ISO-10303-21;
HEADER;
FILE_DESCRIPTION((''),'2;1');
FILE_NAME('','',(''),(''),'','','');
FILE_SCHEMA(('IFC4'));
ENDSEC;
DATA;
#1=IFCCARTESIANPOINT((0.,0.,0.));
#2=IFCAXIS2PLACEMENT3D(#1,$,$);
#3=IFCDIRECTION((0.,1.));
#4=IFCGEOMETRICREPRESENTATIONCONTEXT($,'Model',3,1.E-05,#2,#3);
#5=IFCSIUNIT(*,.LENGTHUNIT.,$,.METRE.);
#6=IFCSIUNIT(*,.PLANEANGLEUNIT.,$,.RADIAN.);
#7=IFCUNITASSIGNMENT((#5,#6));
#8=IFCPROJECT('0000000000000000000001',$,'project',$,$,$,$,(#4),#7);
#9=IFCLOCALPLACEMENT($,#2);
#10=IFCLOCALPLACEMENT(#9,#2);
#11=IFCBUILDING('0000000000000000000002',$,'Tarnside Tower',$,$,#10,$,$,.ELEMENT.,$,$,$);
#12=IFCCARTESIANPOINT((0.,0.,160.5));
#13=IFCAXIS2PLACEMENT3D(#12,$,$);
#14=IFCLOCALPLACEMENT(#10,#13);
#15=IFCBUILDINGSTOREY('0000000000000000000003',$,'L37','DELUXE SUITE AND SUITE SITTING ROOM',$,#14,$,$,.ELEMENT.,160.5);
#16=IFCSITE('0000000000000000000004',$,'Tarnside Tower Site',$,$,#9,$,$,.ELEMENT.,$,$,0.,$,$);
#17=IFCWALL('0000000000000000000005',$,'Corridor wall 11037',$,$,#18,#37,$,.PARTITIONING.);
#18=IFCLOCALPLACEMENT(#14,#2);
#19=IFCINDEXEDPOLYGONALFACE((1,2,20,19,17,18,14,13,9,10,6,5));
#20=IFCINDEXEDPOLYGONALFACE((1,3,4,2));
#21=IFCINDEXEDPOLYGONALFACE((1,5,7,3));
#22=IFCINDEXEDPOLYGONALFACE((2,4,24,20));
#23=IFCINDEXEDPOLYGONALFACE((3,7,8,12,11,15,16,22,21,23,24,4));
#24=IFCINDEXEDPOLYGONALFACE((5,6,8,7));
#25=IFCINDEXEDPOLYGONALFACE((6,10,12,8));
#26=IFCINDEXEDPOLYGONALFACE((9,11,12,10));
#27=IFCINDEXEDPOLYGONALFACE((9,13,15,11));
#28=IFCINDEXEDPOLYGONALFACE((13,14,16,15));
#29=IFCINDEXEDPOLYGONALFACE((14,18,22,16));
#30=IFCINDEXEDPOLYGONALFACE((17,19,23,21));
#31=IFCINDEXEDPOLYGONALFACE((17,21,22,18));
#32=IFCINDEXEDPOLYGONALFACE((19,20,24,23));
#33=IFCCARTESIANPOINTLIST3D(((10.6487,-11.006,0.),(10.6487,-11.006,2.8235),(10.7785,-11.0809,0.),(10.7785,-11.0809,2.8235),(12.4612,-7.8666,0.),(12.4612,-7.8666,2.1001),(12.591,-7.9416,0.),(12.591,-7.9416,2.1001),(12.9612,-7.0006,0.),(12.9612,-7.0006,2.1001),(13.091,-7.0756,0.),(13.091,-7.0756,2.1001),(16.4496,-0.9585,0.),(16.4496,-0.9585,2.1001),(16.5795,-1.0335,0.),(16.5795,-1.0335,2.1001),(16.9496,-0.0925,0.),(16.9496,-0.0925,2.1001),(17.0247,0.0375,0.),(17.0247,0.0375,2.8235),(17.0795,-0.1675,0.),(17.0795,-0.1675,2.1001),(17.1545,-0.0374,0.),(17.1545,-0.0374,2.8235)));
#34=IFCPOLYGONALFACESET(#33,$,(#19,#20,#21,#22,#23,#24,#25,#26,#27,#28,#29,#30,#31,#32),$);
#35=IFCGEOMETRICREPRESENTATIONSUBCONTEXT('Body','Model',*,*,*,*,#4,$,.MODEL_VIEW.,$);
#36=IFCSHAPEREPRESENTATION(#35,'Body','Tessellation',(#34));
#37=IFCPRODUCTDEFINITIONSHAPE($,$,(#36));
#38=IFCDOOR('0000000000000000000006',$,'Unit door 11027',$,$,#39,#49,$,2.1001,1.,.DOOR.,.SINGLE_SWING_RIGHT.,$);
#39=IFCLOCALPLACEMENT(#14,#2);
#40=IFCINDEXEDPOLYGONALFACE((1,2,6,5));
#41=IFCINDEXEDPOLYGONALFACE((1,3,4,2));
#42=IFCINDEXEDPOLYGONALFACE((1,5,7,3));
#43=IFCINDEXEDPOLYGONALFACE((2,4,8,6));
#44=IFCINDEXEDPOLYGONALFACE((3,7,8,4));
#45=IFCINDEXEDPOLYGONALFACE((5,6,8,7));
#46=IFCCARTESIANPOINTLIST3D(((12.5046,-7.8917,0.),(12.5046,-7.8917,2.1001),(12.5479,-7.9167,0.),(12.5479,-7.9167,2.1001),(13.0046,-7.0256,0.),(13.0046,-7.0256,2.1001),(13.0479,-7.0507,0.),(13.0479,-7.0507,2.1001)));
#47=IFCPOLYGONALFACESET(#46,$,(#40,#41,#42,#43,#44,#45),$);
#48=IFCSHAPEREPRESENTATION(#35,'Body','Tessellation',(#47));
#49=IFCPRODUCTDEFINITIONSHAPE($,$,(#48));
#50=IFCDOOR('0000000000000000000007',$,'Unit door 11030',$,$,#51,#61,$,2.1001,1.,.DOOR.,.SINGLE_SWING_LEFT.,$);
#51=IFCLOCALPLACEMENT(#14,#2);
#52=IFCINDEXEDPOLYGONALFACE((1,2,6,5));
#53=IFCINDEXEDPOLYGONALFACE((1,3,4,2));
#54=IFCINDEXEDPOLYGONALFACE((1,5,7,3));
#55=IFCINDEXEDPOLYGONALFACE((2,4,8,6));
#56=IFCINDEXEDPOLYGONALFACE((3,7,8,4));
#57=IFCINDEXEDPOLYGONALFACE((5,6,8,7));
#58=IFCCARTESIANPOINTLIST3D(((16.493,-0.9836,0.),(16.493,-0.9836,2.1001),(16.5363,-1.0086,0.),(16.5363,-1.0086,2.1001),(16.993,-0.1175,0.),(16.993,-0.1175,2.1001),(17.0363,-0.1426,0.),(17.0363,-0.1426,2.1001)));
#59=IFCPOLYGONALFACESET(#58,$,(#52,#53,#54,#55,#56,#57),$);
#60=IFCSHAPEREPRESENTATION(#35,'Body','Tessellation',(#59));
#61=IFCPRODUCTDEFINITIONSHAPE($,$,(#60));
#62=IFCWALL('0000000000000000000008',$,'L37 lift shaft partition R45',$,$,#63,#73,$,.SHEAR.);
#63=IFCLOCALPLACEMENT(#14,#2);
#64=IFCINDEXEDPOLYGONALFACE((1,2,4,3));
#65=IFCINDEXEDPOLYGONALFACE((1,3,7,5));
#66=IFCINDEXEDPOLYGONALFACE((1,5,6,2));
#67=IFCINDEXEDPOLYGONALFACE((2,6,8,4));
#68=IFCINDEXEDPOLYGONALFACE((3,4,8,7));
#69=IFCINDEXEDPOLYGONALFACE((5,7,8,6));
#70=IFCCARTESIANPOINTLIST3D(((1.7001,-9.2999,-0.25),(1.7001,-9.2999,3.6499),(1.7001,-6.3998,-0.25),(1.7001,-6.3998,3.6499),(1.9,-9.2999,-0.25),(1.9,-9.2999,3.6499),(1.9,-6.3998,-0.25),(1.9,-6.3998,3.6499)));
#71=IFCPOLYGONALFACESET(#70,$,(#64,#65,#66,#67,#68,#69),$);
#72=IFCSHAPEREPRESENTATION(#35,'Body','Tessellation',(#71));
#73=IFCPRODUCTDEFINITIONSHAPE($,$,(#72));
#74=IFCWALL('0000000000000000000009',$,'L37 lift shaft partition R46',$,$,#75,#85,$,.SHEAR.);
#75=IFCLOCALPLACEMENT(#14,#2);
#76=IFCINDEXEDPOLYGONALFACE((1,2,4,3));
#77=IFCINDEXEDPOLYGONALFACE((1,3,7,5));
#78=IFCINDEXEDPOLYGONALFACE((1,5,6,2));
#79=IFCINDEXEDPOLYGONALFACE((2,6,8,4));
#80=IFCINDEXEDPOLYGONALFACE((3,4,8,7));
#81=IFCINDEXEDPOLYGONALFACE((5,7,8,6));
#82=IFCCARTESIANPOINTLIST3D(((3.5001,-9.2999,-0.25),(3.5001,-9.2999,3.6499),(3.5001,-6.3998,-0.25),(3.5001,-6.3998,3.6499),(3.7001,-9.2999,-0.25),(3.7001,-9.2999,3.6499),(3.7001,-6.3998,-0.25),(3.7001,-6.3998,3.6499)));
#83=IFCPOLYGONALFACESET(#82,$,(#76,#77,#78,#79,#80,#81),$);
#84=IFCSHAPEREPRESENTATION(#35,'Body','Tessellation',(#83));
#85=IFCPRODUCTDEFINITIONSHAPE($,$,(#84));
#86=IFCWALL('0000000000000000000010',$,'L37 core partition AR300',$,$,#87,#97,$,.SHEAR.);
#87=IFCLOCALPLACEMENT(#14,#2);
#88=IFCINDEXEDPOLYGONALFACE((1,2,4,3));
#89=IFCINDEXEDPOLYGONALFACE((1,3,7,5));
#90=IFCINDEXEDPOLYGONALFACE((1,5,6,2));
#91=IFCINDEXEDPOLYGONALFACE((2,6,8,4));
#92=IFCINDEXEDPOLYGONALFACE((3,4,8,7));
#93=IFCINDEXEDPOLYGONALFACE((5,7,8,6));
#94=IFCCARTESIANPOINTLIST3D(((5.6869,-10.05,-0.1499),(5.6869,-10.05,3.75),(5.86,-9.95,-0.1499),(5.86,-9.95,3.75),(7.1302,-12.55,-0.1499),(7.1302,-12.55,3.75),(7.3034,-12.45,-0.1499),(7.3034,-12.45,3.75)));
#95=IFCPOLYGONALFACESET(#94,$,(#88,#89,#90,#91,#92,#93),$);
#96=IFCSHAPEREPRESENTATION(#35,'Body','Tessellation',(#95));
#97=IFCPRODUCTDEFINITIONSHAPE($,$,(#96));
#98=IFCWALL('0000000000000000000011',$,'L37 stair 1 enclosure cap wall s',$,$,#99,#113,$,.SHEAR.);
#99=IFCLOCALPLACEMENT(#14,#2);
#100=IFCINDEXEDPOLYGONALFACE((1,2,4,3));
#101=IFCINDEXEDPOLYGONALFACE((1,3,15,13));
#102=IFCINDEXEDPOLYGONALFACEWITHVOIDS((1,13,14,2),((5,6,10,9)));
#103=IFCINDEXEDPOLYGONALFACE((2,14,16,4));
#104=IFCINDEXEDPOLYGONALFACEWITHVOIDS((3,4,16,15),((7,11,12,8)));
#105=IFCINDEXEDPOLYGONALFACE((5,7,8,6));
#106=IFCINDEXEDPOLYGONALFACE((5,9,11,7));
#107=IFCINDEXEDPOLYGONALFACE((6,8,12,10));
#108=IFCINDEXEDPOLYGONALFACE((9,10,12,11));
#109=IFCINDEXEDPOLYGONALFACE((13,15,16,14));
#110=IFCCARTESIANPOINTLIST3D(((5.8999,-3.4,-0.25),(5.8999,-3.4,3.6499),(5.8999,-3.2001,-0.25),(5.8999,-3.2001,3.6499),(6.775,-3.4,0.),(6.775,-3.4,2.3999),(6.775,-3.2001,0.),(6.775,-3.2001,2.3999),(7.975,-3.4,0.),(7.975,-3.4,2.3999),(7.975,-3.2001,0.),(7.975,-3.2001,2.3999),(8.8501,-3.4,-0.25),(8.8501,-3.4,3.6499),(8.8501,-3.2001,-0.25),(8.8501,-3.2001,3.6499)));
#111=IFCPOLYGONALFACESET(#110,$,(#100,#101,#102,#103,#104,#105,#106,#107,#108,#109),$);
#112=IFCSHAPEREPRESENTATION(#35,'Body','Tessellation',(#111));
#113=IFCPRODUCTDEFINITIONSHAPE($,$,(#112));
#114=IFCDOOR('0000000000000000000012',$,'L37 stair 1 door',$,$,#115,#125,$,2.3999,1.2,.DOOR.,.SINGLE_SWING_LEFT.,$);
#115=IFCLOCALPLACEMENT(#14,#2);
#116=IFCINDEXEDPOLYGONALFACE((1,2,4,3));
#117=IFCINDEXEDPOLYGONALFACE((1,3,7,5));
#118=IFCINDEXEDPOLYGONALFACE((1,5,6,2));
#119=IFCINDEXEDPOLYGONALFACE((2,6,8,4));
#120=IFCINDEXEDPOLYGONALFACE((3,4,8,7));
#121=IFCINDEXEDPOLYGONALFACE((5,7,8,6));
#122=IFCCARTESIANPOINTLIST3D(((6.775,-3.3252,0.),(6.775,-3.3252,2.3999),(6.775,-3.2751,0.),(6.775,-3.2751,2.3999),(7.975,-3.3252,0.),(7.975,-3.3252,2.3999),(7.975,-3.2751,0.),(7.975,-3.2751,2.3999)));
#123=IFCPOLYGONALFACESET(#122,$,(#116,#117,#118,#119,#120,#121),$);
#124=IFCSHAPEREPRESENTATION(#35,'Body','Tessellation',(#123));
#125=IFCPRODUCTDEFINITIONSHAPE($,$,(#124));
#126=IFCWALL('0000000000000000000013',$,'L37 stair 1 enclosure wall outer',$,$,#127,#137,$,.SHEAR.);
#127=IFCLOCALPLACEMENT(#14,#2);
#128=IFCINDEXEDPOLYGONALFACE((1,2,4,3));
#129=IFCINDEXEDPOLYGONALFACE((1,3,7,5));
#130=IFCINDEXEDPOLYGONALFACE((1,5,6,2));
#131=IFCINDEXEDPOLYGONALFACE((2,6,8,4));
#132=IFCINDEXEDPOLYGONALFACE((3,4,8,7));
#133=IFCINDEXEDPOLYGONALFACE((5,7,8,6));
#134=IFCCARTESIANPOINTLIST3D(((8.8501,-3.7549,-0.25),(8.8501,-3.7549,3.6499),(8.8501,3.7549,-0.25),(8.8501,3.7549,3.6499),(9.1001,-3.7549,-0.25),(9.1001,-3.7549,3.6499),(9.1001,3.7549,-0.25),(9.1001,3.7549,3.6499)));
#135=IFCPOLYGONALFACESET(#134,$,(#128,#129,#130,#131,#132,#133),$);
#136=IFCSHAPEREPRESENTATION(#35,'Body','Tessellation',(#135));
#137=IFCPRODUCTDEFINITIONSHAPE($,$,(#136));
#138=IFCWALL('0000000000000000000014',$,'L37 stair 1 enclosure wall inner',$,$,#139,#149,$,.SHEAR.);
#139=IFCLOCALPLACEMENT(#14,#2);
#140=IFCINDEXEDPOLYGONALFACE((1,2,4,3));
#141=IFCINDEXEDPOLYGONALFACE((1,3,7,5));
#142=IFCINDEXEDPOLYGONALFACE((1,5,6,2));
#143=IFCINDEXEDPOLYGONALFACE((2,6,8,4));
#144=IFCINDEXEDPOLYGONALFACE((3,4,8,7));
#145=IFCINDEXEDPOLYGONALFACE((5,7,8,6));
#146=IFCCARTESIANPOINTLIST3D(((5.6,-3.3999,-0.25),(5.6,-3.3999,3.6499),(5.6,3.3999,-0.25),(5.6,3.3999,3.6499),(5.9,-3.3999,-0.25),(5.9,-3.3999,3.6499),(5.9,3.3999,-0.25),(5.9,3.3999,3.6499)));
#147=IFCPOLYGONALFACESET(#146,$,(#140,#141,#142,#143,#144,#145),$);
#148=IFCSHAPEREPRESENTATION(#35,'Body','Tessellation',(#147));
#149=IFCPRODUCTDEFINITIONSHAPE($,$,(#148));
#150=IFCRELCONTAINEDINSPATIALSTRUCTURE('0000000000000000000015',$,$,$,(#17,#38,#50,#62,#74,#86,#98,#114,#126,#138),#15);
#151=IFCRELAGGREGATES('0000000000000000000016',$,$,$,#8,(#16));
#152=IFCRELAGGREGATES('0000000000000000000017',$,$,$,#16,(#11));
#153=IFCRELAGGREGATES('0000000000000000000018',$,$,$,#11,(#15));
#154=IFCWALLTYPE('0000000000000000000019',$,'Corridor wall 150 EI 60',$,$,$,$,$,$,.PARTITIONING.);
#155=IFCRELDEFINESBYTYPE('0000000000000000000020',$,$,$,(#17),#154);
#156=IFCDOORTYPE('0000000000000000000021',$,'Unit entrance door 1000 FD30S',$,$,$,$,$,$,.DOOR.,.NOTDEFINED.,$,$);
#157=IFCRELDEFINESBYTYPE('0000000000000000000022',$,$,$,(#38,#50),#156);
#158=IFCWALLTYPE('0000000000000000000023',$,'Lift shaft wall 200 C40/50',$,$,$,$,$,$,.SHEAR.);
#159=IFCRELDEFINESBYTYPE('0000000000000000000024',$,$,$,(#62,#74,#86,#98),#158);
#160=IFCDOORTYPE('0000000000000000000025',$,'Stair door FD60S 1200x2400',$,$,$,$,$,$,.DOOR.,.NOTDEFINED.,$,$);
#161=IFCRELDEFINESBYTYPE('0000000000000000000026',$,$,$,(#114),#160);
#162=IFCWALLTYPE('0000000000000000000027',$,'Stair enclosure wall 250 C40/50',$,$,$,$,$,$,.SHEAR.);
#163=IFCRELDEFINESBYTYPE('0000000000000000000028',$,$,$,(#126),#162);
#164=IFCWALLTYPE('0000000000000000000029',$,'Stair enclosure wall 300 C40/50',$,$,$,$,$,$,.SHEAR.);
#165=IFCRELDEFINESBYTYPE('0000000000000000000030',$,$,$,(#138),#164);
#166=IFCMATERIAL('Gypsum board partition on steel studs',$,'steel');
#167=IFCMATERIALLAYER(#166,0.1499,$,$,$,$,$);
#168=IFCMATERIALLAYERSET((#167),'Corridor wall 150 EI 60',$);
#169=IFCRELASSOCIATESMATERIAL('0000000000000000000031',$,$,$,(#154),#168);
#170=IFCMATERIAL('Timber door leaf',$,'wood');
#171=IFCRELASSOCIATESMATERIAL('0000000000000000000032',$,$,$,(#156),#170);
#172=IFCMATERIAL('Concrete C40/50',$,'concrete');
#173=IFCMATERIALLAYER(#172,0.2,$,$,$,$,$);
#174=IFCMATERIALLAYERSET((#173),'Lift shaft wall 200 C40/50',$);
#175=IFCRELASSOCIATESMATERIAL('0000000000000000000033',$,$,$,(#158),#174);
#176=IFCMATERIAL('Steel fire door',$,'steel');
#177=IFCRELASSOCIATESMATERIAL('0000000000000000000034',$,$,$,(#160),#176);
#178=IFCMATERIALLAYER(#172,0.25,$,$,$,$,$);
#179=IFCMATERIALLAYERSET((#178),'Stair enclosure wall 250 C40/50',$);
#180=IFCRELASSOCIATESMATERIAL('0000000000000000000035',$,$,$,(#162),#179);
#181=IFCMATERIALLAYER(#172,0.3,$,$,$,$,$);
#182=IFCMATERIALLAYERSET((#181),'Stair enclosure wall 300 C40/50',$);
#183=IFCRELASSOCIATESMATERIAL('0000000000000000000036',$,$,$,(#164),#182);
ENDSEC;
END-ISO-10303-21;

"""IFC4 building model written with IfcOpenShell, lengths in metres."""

from ifc_helpers import new_model, si_unit, direction, frame, frame_2d, origin, place, context, subcontext, project, spatial, rectangle, extrude, material, layer, layer_set, type_object, element, fill, save


model = new_model("IFC4")

# Units and contexts
model_context = context("Model", 3, precision=1e-05, world=origin(), true_north=direction((0.0, 1.0)))
body_context = subcontext(model_context, "Body", "Model", "MODEL_VIEW")
ifc_project = project(units=[si_unit("LENGTHUNIT", "METRE"), si_unit("PLANEANGLEUNIT", "RADIAN")], contexts=[model_context])

# Site, building, storey
site_placement = place(None, origin())
site = spatial("IfcSite", under=ifc_project, at=site_placement, Name="Tarnside Tower Site", CompositionType="ELEMENT", RefElevation=0.0)
building_placement = place(site_placement, origin())
building = spatial("IfcBuilding", under=site, at=building_placement, Name="Tarnside Tower", CompositionType="ELEMENT")
storey_placement = place(building_placement, frame((0.0, 0.0, 160.5)))
storey = spatial("IfcBuildingStorey", under=building, at=storey_placement, Name="L37", Description="DELUXE SUITE AND SUITE SITTING ROOM", CompositionType="ELEMENT", Elevation=160.5)

# Shared definitions
ifc_material_1 = material(Name="Steel fire door", Category="steel")
ifc_material_2 = material(Name="Concrete C40/50", Category="concrete")

# Shared definitions
ifc_material_3 = material(Name="Gypsum board partition on steel studs", Category="steel")
ifc_layer_1 = layer(ifc_material_3, 0.1499)
ifc_layer_set_1 = layer_set([ifc_layer_1], Name="Corridor wall 150 EI 60")
wall_type_1 = type_object("IfcWallType", Name="Corridor wall 150 EI 60", PredefinedType="PARTITIONING", material=ifc_layer_set_1)

# Wall, openings, doors
wall_1_placement = place(storey_placement, frame((10.7136, -11.0435, 0.0), z_axis=(0.0, 0.0, 1.0), x_axis=(0.500002, 0.866024, 0.0)))
wall_1 = element("IfcWall", 1, at=wall_1_placement, inside=storey, type_object=wall_type_1, Name="Corridor wall 11037", PredefinedType="PARTITIONING", context=body_context, shape_type="SweptSolid", body=[
    extrude(rectangle(XDim=12.752, YDim=0.1499, at=frame_2d((6.376, 0.0))), origin(), (0.0, 0.0, 1.0), 2.8235),
])
opening_1_placement = place(wall_1_placement, frame((3.625, 0.0, 0.0)))
opening_1 = element("IfcOpeningElement", 2, at=opening_1_placement, cuts=wall_1, PredefinedType="OPENING", context=body_context, shape_type="SweptSolid", body=[
    extrude(rectangle(XDim=1.0, YDim=2.1001, at=frame_2d((0.5, 1.05))), frame((0.0, 0.085, 0.0), z_axis=(0.0, -1.0, 0.0), x_axis=(1.0, 0.0, 0.0)), (0.0, 0.0, 1.0), 0.1699),
])
opening_2_placement = place(wall_1_placement, frame((11.6018, 0.0, 0.0)))
opening_2 = element("IfcOpeningElement", 3, at=opening_2_placement, cuts=wall_1, PredefinedType="OPENING", context=body_context, shape_type="SweptSolid", body=[
    extrude(rectangle(XDim=1.0, YDim=2.1001, at=frame_2d((0.5, 1.05))), frame((0.0, 0.085, 0.0), z_axis=(0.0, -1.0, 0.0), x_axis=(1.0, 0.0, 0.0)), (0.0, 0.0, 1.0), 0.1699),
])
ifc_material_4 = material(Name="Timber door leaf", Category="wood")
door_type_1 = type_object("IfcDoorType", Name="Unit entrance door 1000 FD30S", OperationType="NOTDEFINED", PredefinedType="DOOR", material=ifc_material_4)
door_1_placement = place(opening_1_placement, origin())
door_1 = element("IfcDoor", 4, at=door_1_placement, inside=storey, type_object=door_type_1, Name="Unit door 11027", OperationType="SINGLE_SWING_RIGHT", OverallHeight=2.1001, OverallWidth=1.0, PredefinedType="DOOR", context=body_context, shape_type="SweptSolid", body=[
    extrude(rectangle(XDim=1.0, YDim=2.1001, at=frame_2d((0.5, 1.05))), frame((0.0, 0.0249, 0.0), z_axis=(0.0, -1.0, 0.0), x_axis=(1.0, 0.0, 0.0)), (0.0, 0.0, 1.0), 0.05),
])
fill(opening_1, door_1)
door_2_placement = place(opening_2_placement, origin())
door_2 = element("IfcDoor", 5, at=door_2_placement, inside=storey, type_object=door_type_1, Name="Unit door 11030", OperationType="SINGLE_SWING_LEFT", OverallHeight=2.1001, OverallWidth=1.0, PredefinedType="DOOR", context=body_context, shape_type="SweptSolid", body=[
    extrude(rectangle(XDim=1.0, YDim=2.1001, at=frame_2d((0.5, 1.05))), frame((0.0, 0.0249, 0.0), z_axis=(0.0, -1.0, 0.0), x_axis=(1.0, 0.0, 0.0)), (0.0, 0.0, 1.0), 0.05),
])
fill(opening_2, door_2)

# Walls
ifc_layer_2 = layer(ifc_material_2, 0.2)
ifc_layer_set_2 = layer_set([ifc_layer_2], Name="Lift shaft wall 200 C40/50")
wall_type_2 = type_object("IfcWallType", Name="Lift shaft wall 200 C40/50", PredefinedType="SHEAR", material=ifc_layer_set_2)
for number, where, z_axis, x_axis, name in (
    (6, (1.8, -9.3, -0.25), (0.0, 0.0, 1.0), (0.0, 1.0, 0.0), "L37 lift shaft partition R45"),
    (7, (3.6001, -9.3, -0.25), (0.0, 0.0, 1.0), (0.0, 1.0, 0.0), "L37 lift shaft partition R46"),
):
    element("IfcWall", number, at=place(storey_placement, frame(where, z_axis=z_axis, x_axis=x_axis)), inside=storey, type_object=wall_type_2, Name=name, PredefinedType="SHEAR", context=body_context, shape_type="SweptSolid", body=[
        extrude(rectangle(XDim=2.9001, YDim=0.2, at=frame_2d((1.4502, 0.0))), origin(), (0.0, 0.0, 1.0), 3.8999),
    ])
wall_2_placement = place(storey_placement, frame((5.7734, -10.0, -0.1499), z_axis=(0.0, 0.0, 1.0), x_axis=(0.499996, -0.866028, 0.0)))
element("IfcWall", 8, at=wall_2_placement, inside=storey, type_object=wall_type_2, Name="L37 core partition AR300", PredefinedType="SHEAR", context=body_context, shape_type="SweptSolid", body=[
    extrude(rectangle(XDim=2.8867, YDim=0.2, at=frame_2d((1.4434, 0.0))), origin(), (0.0, 0.0, 1.0), 3.8999),
])

# Wall, opening, door
wall_3_placement = place(storey_placement, frame((5.8999, -3.3, -0.25), z_axis=(0.0, 0.0, 1.0), x_axis=(1.0, 0.0, 0.0)))
wall_3 = element("IfcWall", 9, at=wall_3_placement, inside=storey, type_object=wall_type_2, Name="L37 stair 1 enclosure cap wall s", PredefinedType="SHEAR", context=body_context, shape_type="SweptSolid", body=[
    extrude(rectangle(XDim=2.9502, YDim=0.2, at=frame_2d((1.4751, 0.0))), origin(), (0.0, 0.0, 1.0), 3.8999),
])
opening_3_placement = place(wall_3_placement, frame((0.875, 0.0, 0.25)))
opening_3 = element("IfcOpeningElement", 10, at=opening_3_placement, cuts=wall_3, PredefinedType="OPENING", context=body_context, shape_type="SweptSolid", body=[
    extrude(rectangle(XDim=1.2, YDim=2.3999, at=frame_2d((0.6001, 1.2))), frame((0.0, 0.1099, 0.0), z_axis=(0.0, -1.0, 0.0), x_axis=(1.0, 0.0, 0.0)), (0.0, 0.0, 1.0), 0.22),
])
door_type_2 = type_object("IfcDoorType", Name="Stair door FD60S 1200x2400", OperationType="NOTDEFINED", PredefinedType="DOOR", material=ifc_material_1)
door_3_placement = place(opening_3_placement, origin())
door_3 = element("IfcDoor", 11, at=door_3_placement, inside=storey, type_object=door_type_2, Name="L37 stair 1 door", OperationType="SINGLE_SWING_LEFT", OverallHeight=2.3999, OverallWidth=1.2, PredefinedType="DOOR", context=body_context, shape_type="SweptSolid", body=[
    extrude(rectangle(XDim=1.2, YDim=2.3999, at=frame_2d((0.6001, 1.2))), frame((0.0, 0.0249, 0.0), z_axis=(0.0, -1.0, 0.0), x_axis=(1.0, 0.0, 0.0)), (0.0, 0.0, 1.0), 0.05),
])
fill(opening_3, door_3)

# Walls
ifc_layer_3 = layer(ifc_material_2, 0.25)
ifc_layer_set_3 = layer_set([ifc_layer_3], Name="Stair enclosure wall 250 C40/50")
wall_type_3 = type_object("IfcWallType", Name="Stair enclosure wall 250 C40/50", PredefinedType="SHEAR", material=ifc_layer_set_3)
wall_4_placement = place(storey_placement, frame((8.9751, -3.7549, -0.25), z_axis=(0.0, 0.0, 1.0), x_axis=(0.0, 1.0, 0.0)))
element("IfcWall", 12, at=wall_4_placement, inside=storey, type_object=wall_type_3, Name="L37 stair 1 enclosure wall outer", PredefinedType="SHEAR", context=body_context, shape_type="SweptSolid", body=[
    extrude(rectangle(XDim=7.5098, YDim=0.25, at=frame_2d((3.7549, 0.0))), origin(), (0.0, 0.0, 1.0), 3.8999),
])
ifc_layer_4 = layer(ifc_material_2, 0.3)
ifc_layer_set_4 = layer_set([ifc_layer_4], Name="Stair enclosure wall 300 C40/50")
wall_type_4 = type_object("IfcWallType", Name="Stair enclosure wall 300 C40/50", PredefinedType="SHEAR", material=ifc_layer_set_4)
wall_5_placement = place(storey_placement, frame((5.75, -3.3999, -0.25), z_axis=(0.0, 0.0, 1.0), x_axis=(0.0, 1.0, 0.0)))
element("IfcWall", 13, at=wall_5_placement, inside=storey, type_object=wall_type_4, Name="L37 stair 1 enclosure wall inner", PredefinedType="SHEAR", context=body_context, shape_type="SweptSolid", body=[
    extrude(rectangle(XDim=6.7998, YDim=0.3, at=frame_2d((3.3999, 0.0))), origin(), (0.0, 0.0, 1.0), 3.8999),
])

save(model, "model.ifc")
